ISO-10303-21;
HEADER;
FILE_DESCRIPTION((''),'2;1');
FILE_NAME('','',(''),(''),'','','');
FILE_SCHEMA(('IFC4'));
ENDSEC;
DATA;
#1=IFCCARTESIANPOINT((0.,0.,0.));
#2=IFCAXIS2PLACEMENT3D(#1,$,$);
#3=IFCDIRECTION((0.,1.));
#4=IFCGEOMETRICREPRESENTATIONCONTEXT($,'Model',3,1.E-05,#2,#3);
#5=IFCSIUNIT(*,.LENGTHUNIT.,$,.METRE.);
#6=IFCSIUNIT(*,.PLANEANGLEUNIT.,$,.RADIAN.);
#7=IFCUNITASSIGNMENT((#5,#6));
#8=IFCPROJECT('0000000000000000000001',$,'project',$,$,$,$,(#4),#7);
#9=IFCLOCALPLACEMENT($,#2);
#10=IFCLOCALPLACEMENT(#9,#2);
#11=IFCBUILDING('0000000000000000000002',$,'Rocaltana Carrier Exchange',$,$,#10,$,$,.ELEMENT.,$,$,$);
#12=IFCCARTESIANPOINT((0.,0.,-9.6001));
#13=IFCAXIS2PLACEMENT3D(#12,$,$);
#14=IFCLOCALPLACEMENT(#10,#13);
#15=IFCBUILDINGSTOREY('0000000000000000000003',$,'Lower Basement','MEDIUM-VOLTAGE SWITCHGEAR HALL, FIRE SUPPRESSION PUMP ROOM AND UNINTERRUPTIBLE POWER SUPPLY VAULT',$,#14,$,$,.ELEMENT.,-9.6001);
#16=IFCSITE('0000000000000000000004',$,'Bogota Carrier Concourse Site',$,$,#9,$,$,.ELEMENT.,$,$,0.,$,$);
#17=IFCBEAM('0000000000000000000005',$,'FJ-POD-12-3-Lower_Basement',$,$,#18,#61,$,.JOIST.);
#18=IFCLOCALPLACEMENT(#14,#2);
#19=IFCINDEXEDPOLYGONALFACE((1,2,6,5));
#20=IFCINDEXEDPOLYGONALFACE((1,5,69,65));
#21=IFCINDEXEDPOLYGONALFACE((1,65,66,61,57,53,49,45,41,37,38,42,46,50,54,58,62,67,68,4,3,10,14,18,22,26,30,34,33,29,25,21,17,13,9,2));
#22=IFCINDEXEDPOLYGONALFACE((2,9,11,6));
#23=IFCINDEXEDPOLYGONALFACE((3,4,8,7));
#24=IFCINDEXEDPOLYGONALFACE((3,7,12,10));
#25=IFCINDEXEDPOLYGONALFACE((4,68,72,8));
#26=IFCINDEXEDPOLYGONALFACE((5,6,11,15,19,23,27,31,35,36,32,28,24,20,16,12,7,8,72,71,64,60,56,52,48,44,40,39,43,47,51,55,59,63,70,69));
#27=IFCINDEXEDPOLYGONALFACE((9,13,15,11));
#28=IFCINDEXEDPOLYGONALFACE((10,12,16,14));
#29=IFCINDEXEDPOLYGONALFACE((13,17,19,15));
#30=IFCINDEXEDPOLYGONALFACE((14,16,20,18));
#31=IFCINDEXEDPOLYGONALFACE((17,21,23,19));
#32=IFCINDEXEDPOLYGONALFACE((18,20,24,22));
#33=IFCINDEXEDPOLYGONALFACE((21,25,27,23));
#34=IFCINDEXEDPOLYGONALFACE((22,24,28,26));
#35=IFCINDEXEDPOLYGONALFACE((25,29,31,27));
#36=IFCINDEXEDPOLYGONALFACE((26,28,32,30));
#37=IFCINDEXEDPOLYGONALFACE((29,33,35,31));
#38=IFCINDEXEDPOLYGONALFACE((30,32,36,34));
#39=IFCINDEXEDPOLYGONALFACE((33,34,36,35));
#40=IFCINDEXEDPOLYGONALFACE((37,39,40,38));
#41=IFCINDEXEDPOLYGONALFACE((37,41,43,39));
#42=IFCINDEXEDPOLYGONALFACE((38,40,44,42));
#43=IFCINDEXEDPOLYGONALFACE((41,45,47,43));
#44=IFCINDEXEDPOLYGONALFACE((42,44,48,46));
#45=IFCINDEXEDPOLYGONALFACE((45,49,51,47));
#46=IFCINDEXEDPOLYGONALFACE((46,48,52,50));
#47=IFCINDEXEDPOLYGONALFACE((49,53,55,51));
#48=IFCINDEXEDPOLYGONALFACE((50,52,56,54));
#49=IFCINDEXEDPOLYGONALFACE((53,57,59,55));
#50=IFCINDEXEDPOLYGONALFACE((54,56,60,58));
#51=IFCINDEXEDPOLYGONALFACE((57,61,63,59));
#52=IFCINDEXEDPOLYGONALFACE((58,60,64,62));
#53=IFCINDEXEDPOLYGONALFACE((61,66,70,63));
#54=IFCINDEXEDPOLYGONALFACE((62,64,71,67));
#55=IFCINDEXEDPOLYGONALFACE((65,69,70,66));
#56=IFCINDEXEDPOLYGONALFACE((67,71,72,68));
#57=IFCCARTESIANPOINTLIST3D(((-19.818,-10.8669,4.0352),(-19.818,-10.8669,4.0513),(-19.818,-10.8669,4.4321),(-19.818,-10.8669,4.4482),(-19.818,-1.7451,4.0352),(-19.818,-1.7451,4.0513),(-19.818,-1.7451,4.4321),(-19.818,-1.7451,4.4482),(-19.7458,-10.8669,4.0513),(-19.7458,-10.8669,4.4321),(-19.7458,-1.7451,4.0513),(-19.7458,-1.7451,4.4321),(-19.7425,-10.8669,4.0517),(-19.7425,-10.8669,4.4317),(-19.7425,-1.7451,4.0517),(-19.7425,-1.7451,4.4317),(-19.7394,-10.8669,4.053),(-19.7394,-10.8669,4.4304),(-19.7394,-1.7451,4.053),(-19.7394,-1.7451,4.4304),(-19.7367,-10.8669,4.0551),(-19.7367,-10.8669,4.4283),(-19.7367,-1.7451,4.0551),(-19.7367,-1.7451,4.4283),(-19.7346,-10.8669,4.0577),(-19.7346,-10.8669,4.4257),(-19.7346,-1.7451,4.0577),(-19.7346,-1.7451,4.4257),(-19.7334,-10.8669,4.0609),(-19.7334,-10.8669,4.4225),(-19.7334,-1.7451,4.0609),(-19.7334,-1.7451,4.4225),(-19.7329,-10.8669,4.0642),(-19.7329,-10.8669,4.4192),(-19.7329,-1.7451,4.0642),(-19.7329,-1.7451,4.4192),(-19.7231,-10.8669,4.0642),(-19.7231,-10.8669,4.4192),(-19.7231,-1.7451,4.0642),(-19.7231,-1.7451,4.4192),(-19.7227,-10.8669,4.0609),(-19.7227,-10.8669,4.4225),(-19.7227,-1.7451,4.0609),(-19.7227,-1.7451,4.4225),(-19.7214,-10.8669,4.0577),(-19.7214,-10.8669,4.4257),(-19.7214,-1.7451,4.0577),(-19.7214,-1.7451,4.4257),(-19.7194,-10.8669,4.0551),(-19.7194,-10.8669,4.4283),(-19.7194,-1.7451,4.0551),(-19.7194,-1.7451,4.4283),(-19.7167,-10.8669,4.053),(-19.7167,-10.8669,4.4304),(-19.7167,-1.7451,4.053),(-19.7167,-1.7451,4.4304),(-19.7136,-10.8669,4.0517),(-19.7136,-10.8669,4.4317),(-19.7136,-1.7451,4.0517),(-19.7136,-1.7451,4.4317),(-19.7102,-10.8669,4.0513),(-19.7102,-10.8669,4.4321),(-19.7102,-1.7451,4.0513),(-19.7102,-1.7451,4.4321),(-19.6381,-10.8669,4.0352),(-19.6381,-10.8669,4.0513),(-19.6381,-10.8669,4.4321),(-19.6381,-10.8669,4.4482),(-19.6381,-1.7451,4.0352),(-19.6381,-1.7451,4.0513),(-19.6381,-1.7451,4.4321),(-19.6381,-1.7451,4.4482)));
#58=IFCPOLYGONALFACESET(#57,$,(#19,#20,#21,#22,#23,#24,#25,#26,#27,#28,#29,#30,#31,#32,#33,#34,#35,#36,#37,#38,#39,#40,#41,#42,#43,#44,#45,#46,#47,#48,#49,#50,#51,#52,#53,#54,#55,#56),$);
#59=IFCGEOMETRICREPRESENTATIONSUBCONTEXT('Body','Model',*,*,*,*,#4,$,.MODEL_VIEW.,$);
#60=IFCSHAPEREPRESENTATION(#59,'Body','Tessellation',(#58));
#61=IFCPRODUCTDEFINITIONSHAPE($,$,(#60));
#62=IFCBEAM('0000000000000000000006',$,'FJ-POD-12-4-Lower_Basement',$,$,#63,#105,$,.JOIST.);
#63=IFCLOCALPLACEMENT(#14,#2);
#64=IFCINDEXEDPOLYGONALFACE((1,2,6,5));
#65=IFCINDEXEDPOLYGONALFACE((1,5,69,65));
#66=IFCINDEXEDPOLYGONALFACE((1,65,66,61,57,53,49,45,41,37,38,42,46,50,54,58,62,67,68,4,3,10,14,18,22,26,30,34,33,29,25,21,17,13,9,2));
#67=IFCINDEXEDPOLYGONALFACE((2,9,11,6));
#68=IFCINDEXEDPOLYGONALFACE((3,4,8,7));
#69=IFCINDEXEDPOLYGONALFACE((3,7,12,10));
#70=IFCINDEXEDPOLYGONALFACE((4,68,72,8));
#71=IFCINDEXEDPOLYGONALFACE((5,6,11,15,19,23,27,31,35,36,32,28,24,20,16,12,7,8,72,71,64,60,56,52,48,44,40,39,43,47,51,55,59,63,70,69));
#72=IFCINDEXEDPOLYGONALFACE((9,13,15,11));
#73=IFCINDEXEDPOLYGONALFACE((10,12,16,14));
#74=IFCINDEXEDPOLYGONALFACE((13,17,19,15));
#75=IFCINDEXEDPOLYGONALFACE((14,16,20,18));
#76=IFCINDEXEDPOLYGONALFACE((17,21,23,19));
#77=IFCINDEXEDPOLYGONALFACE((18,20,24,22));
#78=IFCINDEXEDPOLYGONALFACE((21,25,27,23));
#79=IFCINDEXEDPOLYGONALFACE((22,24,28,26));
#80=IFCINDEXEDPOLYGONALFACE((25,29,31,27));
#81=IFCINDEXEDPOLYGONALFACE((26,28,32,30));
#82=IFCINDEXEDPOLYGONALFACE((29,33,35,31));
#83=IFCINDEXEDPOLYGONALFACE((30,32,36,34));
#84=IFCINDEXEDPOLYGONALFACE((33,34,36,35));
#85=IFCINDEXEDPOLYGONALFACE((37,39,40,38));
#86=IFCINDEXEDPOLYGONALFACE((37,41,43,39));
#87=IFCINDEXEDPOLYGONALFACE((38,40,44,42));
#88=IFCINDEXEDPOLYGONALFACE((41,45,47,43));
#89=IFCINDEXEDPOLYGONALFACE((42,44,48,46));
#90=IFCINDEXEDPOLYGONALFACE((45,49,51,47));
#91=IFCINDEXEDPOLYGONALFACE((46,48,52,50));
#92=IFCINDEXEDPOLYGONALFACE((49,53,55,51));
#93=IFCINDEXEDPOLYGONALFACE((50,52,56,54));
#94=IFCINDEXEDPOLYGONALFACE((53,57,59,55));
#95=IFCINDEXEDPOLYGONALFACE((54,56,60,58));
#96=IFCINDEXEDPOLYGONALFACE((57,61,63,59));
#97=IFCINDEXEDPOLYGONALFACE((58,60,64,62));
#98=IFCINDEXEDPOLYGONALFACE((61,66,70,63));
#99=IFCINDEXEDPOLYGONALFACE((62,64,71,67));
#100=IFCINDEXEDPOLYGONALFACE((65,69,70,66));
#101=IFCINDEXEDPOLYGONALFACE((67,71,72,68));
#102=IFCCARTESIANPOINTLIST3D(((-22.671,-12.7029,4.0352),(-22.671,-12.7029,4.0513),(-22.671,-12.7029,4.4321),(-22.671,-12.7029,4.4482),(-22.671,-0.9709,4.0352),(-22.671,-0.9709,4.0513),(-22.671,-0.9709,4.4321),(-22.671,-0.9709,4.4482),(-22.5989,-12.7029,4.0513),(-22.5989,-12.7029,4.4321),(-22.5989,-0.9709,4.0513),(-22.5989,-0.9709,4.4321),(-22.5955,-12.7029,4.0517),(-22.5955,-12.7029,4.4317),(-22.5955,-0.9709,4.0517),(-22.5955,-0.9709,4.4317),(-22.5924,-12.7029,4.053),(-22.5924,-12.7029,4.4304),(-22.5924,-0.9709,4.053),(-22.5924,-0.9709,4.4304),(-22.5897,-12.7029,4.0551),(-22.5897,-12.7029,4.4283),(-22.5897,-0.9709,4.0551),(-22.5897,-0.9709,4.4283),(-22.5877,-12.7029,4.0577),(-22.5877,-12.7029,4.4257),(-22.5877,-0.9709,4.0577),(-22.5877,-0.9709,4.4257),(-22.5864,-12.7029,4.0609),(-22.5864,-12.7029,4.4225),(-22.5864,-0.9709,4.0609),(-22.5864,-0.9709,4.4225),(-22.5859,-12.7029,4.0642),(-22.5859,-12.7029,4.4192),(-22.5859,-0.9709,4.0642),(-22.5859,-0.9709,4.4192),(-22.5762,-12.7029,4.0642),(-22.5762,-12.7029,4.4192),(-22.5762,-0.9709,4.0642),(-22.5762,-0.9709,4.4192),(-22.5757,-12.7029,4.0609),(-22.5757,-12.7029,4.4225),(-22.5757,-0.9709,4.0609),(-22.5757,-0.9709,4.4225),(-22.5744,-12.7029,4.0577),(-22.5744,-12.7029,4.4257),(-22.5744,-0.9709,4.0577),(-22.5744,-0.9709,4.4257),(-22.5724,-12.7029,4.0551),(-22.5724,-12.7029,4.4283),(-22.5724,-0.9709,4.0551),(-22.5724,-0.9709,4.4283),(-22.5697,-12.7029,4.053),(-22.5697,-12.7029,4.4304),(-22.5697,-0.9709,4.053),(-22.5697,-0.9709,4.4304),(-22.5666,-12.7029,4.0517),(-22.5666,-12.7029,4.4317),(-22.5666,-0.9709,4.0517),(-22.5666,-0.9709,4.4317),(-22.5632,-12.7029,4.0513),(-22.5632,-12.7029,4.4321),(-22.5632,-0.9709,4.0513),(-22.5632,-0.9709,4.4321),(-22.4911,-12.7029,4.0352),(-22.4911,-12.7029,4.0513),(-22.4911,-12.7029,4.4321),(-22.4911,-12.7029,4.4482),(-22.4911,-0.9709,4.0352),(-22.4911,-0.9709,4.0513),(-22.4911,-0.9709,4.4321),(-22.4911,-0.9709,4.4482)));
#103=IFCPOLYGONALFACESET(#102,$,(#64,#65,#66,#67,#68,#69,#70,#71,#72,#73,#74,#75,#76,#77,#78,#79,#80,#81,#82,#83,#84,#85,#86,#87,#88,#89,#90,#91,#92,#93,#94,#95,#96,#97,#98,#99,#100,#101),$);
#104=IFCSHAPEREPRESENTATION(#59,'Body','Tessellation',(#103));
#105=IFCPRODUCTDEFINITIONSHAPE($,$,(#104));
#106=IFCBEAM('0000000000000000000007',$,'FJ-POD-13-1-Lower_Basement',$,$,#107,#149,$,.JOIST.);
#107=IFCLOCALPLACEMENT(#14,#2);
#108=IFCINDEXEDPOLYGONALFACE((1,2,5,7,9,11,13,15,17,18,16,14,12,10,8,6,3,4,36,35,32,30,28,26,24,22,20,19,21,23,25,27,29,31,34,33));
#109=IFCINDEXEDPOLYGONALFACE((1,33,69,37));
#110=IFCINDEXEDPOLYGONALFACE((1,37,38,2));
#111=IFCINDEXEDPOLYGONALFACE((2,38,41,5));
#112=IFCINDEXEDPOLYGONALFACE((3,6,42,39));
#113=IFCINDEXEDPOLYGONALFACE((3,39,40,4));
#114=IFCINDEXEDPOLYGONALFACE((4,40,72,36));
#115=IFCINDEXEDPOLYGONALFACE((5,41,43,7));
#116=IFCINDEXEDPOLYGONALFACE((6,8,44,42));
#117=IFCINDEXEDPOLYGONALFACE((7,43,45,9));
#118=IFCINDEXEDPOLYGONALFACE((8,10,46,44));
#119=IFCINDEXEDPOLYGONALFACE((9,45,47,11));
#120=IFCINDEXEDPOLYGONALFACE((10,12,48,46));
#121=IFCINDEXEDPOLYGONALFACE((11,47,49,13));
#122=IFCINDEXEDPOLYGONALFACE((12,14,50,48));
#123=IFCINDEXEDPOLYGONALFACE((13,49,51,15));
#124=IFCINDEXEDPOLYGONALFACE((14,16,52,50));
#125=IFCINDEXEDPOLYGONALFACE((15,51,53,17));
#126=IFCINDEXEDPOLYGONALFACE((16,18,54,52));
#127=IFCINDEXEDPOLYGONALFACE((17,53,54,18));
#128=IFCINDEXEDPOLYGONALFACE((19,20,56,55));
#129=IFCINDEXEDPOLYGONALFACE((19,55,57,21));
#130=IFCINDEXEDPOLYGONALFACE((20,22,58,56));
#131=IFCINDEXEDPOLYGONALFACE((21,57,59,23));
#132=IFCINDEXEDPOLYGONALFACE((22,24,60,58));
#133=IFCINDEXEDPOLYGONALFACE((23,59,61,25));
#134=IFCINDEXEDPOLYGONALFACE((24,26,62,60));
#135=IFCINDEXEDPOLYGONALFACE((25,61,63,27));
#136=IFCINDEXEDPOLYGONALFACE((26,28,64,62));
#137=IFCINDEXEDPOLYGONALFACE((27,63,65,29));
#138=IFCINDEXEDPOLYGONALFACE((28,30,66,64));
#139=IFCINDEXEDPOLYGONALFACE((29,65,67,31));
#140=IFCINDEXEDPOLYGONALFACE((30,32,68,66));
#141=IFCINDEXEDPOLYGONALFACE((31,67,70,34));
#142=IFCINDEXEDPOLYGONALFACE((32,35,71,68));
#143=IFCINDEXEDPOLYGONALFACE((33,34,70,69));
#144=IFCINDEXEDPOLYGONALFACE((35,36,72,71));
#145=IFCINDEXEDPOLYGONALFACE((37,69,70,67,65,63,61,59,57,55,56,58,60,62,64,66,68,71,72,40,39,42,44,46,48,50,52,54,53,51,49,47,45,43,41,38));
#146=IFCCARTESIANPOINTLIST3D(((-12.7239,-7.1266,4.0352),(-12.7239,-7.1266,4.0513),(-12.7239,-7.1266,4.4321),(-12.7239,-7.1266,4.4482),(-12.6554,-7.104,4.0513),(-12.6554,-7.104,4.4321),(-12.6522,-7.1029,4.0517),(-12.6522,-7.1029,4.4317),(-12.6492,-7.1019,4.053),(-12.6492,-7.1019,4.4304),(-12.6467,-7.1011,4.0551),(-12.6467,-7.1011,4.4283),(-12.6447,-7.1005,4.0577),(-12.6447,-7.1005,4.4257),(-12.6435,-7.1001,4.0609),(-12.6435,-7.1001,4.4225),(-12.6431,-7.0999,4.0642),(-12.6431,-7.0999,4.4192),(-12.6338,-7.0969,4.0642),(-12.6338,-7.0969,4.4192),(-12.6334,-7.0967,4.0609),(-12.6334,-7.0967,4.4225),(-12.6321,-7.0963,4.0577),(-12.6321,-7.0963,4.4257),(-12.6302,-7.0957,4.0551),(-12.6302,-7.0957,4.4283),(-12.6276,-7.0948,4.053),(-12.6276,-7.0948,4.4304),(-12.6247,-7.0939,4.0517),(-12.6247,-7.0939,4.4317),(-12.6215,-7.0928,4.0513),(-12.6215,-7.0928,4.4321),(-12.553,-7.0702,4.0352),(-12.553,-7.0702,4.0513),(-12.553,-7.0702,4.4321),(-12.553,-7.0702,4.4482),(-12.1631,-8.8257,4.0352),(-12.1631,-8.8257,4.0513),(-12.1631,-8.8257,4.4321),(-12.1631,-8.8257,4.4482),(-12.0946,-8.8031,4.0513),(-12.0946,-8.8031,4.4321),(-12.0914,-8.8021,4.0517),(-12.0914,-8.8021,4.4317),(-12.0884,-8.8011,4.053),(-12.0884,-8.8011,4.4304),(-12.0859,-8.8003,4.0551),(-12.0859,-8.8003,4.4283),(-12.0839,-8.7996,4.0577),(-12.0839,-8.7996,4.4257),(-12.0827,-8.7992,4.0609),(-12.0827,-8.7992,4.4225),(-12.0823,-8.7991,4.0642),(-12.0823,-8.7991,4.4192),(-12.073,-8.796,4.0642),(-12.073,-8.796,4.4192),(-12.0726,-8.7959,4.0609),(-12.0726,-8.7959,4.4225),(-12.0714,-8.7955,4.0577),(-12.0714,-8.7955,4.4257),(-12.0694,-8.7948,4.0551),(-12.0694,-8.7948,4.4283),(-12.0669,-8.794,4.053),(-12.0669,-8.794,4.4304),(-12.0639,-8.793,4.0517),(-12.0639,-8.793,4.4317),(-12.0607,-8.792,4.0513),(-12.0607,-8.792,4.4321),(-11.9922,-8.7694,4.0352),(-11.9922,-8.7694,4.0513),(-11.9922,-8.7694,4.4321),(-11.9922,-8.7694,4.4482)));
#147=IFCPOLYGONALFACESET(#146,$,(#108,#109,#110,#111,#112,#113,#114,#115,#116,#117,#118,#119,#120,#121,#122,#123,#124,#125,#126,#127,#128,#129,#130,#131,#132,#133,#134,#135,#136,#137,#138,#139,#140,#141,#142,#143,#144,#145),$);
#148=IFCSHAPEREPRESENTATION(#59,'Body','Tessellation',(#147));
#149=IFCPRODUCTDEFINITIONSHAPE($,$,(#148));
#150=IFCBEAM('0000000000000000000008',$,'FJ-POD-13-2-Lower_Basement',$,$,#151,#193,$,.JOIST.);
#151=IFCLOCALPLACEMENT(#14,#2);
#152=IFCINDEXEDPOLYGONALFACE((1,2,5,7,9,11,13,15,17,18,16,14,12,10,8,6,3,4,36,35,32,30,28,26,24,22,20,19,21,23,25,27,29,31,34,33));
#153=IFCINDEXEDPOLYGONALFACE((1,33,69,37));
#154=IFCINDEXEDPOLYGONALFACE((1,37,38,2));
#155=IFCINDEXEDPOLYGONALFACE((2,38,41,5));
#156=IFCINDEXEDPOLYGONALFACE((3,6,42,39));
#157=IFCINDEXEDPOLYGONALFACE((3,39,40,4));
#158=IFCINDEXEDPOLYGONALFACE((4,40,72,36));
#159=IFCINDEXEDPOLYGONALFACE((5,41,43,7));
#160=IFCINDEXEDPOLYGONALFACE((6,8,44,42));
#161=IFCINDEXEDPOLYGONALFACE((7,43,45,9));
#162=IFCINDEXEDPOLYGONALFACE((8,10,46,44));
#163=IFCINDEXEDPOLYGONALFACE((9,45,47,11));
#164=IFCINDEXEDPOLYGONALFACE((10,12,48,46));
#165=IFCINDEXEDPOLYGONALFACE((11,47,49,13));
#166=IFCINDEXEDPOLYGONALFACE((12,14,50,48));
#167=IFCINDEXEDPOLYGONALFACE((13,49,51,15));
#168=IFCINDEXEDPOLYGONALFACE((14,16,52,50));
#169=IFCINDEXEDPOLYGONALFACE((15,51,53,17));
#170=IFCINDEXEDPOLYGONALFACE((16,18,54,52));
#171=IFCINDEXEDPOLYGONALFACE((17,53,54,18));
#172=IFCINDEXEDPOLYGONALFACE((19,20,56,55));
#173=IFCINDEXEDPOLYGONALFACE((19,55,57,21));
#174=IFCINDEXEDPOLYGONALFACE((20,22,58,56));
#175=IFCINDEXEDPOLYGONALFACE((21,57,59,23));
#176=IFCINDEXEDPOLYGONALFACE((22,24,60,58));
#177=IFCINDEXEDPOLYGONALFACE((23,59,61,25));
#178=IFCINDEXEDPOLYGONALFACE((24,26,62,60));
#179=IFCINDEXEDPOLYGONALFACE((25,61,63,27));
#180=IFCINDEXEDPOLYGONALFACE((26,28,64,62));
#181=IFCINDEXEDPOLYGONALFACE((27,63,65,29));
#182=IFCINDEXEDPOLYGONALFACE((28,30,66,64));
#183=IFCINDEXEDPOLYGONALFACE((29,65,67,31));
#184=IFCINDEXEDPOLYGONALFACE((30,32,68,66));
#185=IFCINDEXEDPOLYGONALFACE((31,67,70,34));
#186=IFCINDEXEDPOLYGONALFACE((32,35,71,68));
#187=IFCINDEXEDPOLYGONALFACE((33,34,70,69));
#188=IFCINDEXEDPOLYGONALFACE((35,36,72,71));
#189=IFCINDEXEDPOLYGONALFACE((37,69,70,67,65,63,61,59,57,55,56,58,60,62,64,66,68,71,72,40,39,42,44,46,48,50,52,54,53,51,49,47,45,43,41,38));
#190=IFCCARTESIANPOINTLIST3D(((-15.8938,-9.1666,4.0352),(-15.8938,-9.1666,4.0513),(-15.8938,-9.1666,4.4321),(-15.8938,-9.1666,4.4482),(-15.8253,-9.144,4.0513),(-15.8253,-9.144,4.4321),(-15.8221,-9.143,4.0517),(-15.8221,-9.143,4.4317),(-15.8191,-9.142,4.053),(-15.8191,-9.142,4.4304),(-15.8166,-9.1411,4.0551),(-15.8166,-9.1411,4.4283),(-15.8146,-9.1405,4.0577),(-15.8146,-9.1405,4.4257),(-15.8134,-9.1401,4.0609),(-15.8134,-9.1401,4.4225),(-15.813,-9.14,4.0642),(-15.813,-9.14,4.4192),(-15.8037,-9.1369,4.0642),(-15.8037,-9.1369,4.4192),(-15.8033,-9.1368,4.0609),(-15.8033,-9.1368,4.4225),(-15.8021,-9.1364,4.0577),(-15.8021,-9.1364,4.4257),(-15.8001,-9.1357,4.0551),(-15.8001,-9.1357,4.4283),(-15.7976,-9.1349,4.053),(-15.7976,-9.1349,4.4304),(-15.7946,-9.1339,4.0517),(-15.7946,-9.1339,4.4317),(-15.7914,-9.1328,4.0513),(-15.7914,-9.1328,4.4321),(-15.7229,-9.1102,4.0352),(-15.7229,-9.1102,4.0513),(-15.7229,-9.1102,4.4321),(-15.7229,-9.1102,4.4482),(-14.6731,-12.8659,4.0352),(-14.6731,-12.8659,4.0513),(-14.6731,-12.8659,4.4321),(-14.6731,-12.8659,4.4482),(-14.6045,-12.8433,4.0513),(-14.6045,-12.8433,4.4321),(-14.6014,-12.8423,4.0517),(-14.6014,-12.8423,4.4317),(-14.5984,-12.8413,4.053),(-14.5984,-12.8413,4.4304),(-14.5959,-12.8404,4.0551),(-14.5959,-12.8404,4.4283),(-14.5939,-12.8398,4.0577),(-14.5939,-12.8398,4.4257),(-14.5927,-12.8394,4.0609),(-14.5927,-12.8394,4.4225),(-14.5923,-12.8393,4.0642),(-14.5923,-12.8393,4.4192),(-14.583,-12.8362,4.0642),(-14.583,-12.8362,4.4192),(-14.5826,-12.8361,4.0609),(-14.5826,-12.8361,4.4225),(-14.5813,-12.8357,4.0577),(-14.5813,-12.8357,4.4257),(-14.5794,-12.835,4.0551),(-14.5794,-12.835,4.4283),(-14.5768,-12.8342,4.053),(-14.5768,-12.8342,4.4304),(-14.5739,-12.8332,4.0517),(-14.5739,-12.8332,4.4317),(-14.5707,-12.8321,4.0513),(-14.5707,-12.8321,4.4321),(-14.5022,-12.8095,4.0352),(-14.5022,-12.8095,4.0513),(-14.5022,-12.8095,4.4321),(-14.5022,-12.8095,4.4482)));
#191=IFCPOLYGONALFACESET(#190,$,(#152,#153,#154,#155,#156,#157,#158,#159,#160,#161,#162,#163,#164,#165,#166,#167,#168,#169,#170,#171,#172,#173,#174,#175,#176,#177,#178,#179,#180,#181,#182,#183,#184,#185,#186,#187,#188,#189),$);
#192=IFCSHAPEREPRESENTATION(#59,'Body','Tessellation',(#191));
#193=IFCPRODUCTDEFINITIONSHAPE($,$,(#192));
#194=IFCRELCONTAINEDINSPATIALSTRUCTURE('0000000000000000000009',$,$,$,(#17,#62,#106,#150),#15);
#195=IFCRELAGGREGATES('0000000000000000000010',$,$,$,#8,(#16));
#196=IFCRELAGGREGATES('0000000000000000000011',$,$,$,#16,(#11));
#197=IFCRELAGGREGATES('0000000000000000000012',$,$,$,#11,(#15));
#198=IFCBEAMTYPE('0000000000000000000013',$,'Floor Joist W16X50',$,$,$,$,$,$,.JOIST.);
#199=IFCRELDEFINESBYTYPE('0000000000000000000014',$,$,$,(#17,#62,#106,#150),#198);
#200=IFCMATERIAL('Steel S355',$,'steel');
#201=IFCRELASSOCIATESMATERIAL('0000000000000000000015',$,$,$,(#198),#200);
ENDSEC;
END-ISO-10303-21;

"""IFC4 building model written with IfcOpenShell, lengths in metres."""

from ifc_helpers import new_model, si_unit, direction, frame, origin, origin_2d, place, context, subcontext, project, spatial, i_section, extrude, material, material_profile, profile_set, type_object, element, save


model = new_model("IFC4")

# Units and contexts
model_context = context("Model", 3, precision=1e-05, world=origin(), true_north=direction((0.0, 1.0)))
body_context = subcontext(model_context, "Body", "Model", "MODEL_VIEW")
ifc_project = project(units=[si_unit("LENGTHUNIT", "METRE"), si_unit("PLANEANGLEUNIT", "RADIAN")], contexts=[model_context])

# Site, building, storey
site_placement = place(None, origin())
site = spatial("IfcSite", under=ifc_project, at=site_placement, Name="Bogota Carrier Concourse Site", CompositionType="ELEMENT", RefElevation=0.0)
building_placement = place(site_placement, origin())
building = spatial("IfcBuilding", under=site, at=building_placement, Name="Rocaltana Carrier Exchange", CompositionType="ELEMENT")
storey_placement = place(building_placement, frame((0.0, 0.0, -9.6001)))
storey = spatial("IfcBuildingStorey", under=building, at=storey_placement, Name="Lower Basement", Description="MEDIUM-VOLTAGE SWITCHGEAR HALL, FIRE SUPPRESSION PUMP ROOM AND UNINTERRUPTIBLE POWER SUPPLY VAULT", CompositionType="ELEMENT", Elevation=-9.6001)

# Beams
ifc_material_1 = material(Name="Steel S355", Category="steel")
ifc_material_profile_1 = material_profile(ifc_material_1, i_section(OverallWidth=0.1799, OverallDepth=0.4131, WebThickness=0.0098, FlangeThickness=0.0161, FilletRadius=0.0129, at=origin_2d()), Name="W16X50")
ifc_profile_set_1 = profile_set([ifc_material_profile_1], Name="Steel S355")
beam_type_1 = type_object("IfcBeamType", Name="Floor Joist W16X50", PredefinedType="JOIST", material=ifc_profile_set_1)
beam_1_placement = place(storey_placement, frame((-19.728, -1.7451, 4.2417), z_axis=(0.0, -1.0, 0.0), x_axis=(1.0, 0.0, 0.0)))
element("IfcBeam", 1, at=beam_1_placement, inside=storey, type_object=beam_type_1, Name="FJ-POD-12-3-Lower_Basement", PredefinedType="JOIST", context=body_context, shape_type="SweptSolid", body=[
    extrude(i_section(OverallWidth=0.1799, OverallDepth=0.4131, WebThickness=0.0098, FlangeThickness=0.0161, FilletRadius=0.0129, at=origin_2d()), origin(), (0.0, 0.0, 1.0), 9.1218),
])
beam_2_placement = place(storey_placement, frame((-22.5811, -0.9709, 4.2417), z_axis=(0.0, -1.0, 0.0), x_axis=(1.0, 0.0, 0.0)))
element("IfcBeam", 2, at=beam_2_placement, inside=storey, type_object=beam_type_1, Name="FJ-POD-12-4-Lower_Basement", PredefinedType="JOIST", context=body_context, shape_type="SweptSolid", body=[
    extrude(i_section(OverallWidth=0.1799, OverallDepth=0.4131, WebThickness=0.0098, FlangeThickness=0.0161, FilletRadius=0.0129, at=origin_2d()), origin(), (0.0, 0.0, 1.0), 11.7319),
])
beam_3_placement = place(storey_placement, frame((-12.6384, -7.0984, 4.2417), z_axis=(0.313402, -0.949621, 0.0), x_axis=(0.949621, 0.313402, 0.0)))
element("IfcBeam", 3, at=beam_3_placement, inside=storey, type_object=beam_type_1, Name="FJ-POD-13-1-Lower_Basement", PredefinedType="JOIST", context=body_context, shape_type="SweptSolid", body=[
    extrude(i_section(OverallWidth=0.1799, OverallDepth=0.4131, WebThickness=0.0098, FlangeThickness=0.0161, FilletRadius=0.0129, at=origin_2d()), origin(), (0.0, 0.0, 1.0), 1.7893),
])
beam_4_placement = place(storey_placement, frame((-15.8083, -9.1384, 4.2417), z_axis=(0.313368, -0.949632, 0.0), x_axis=(0.949632, 0.313368, 0.0)))
element("IfcBeam", 4, at=beam_4_placement, inside=storey, type_object=beam_type_1, Name="FJ-POD-13-2-Lower_Basement", PredefinedType="JOIST", context=body_context, shape_type="SweptSolid", body=[
    extrude(i_section(OverallWidth=0.1799, OverallDepth=0.4131, WebThickness=0.0098, FlangeThickness=0.0161, FilletRadius=0.0129, at=origin_2d()), origin(), (0.0, 0.0, 1.0), 3.8955),
])

save(model, "model.ifc")
